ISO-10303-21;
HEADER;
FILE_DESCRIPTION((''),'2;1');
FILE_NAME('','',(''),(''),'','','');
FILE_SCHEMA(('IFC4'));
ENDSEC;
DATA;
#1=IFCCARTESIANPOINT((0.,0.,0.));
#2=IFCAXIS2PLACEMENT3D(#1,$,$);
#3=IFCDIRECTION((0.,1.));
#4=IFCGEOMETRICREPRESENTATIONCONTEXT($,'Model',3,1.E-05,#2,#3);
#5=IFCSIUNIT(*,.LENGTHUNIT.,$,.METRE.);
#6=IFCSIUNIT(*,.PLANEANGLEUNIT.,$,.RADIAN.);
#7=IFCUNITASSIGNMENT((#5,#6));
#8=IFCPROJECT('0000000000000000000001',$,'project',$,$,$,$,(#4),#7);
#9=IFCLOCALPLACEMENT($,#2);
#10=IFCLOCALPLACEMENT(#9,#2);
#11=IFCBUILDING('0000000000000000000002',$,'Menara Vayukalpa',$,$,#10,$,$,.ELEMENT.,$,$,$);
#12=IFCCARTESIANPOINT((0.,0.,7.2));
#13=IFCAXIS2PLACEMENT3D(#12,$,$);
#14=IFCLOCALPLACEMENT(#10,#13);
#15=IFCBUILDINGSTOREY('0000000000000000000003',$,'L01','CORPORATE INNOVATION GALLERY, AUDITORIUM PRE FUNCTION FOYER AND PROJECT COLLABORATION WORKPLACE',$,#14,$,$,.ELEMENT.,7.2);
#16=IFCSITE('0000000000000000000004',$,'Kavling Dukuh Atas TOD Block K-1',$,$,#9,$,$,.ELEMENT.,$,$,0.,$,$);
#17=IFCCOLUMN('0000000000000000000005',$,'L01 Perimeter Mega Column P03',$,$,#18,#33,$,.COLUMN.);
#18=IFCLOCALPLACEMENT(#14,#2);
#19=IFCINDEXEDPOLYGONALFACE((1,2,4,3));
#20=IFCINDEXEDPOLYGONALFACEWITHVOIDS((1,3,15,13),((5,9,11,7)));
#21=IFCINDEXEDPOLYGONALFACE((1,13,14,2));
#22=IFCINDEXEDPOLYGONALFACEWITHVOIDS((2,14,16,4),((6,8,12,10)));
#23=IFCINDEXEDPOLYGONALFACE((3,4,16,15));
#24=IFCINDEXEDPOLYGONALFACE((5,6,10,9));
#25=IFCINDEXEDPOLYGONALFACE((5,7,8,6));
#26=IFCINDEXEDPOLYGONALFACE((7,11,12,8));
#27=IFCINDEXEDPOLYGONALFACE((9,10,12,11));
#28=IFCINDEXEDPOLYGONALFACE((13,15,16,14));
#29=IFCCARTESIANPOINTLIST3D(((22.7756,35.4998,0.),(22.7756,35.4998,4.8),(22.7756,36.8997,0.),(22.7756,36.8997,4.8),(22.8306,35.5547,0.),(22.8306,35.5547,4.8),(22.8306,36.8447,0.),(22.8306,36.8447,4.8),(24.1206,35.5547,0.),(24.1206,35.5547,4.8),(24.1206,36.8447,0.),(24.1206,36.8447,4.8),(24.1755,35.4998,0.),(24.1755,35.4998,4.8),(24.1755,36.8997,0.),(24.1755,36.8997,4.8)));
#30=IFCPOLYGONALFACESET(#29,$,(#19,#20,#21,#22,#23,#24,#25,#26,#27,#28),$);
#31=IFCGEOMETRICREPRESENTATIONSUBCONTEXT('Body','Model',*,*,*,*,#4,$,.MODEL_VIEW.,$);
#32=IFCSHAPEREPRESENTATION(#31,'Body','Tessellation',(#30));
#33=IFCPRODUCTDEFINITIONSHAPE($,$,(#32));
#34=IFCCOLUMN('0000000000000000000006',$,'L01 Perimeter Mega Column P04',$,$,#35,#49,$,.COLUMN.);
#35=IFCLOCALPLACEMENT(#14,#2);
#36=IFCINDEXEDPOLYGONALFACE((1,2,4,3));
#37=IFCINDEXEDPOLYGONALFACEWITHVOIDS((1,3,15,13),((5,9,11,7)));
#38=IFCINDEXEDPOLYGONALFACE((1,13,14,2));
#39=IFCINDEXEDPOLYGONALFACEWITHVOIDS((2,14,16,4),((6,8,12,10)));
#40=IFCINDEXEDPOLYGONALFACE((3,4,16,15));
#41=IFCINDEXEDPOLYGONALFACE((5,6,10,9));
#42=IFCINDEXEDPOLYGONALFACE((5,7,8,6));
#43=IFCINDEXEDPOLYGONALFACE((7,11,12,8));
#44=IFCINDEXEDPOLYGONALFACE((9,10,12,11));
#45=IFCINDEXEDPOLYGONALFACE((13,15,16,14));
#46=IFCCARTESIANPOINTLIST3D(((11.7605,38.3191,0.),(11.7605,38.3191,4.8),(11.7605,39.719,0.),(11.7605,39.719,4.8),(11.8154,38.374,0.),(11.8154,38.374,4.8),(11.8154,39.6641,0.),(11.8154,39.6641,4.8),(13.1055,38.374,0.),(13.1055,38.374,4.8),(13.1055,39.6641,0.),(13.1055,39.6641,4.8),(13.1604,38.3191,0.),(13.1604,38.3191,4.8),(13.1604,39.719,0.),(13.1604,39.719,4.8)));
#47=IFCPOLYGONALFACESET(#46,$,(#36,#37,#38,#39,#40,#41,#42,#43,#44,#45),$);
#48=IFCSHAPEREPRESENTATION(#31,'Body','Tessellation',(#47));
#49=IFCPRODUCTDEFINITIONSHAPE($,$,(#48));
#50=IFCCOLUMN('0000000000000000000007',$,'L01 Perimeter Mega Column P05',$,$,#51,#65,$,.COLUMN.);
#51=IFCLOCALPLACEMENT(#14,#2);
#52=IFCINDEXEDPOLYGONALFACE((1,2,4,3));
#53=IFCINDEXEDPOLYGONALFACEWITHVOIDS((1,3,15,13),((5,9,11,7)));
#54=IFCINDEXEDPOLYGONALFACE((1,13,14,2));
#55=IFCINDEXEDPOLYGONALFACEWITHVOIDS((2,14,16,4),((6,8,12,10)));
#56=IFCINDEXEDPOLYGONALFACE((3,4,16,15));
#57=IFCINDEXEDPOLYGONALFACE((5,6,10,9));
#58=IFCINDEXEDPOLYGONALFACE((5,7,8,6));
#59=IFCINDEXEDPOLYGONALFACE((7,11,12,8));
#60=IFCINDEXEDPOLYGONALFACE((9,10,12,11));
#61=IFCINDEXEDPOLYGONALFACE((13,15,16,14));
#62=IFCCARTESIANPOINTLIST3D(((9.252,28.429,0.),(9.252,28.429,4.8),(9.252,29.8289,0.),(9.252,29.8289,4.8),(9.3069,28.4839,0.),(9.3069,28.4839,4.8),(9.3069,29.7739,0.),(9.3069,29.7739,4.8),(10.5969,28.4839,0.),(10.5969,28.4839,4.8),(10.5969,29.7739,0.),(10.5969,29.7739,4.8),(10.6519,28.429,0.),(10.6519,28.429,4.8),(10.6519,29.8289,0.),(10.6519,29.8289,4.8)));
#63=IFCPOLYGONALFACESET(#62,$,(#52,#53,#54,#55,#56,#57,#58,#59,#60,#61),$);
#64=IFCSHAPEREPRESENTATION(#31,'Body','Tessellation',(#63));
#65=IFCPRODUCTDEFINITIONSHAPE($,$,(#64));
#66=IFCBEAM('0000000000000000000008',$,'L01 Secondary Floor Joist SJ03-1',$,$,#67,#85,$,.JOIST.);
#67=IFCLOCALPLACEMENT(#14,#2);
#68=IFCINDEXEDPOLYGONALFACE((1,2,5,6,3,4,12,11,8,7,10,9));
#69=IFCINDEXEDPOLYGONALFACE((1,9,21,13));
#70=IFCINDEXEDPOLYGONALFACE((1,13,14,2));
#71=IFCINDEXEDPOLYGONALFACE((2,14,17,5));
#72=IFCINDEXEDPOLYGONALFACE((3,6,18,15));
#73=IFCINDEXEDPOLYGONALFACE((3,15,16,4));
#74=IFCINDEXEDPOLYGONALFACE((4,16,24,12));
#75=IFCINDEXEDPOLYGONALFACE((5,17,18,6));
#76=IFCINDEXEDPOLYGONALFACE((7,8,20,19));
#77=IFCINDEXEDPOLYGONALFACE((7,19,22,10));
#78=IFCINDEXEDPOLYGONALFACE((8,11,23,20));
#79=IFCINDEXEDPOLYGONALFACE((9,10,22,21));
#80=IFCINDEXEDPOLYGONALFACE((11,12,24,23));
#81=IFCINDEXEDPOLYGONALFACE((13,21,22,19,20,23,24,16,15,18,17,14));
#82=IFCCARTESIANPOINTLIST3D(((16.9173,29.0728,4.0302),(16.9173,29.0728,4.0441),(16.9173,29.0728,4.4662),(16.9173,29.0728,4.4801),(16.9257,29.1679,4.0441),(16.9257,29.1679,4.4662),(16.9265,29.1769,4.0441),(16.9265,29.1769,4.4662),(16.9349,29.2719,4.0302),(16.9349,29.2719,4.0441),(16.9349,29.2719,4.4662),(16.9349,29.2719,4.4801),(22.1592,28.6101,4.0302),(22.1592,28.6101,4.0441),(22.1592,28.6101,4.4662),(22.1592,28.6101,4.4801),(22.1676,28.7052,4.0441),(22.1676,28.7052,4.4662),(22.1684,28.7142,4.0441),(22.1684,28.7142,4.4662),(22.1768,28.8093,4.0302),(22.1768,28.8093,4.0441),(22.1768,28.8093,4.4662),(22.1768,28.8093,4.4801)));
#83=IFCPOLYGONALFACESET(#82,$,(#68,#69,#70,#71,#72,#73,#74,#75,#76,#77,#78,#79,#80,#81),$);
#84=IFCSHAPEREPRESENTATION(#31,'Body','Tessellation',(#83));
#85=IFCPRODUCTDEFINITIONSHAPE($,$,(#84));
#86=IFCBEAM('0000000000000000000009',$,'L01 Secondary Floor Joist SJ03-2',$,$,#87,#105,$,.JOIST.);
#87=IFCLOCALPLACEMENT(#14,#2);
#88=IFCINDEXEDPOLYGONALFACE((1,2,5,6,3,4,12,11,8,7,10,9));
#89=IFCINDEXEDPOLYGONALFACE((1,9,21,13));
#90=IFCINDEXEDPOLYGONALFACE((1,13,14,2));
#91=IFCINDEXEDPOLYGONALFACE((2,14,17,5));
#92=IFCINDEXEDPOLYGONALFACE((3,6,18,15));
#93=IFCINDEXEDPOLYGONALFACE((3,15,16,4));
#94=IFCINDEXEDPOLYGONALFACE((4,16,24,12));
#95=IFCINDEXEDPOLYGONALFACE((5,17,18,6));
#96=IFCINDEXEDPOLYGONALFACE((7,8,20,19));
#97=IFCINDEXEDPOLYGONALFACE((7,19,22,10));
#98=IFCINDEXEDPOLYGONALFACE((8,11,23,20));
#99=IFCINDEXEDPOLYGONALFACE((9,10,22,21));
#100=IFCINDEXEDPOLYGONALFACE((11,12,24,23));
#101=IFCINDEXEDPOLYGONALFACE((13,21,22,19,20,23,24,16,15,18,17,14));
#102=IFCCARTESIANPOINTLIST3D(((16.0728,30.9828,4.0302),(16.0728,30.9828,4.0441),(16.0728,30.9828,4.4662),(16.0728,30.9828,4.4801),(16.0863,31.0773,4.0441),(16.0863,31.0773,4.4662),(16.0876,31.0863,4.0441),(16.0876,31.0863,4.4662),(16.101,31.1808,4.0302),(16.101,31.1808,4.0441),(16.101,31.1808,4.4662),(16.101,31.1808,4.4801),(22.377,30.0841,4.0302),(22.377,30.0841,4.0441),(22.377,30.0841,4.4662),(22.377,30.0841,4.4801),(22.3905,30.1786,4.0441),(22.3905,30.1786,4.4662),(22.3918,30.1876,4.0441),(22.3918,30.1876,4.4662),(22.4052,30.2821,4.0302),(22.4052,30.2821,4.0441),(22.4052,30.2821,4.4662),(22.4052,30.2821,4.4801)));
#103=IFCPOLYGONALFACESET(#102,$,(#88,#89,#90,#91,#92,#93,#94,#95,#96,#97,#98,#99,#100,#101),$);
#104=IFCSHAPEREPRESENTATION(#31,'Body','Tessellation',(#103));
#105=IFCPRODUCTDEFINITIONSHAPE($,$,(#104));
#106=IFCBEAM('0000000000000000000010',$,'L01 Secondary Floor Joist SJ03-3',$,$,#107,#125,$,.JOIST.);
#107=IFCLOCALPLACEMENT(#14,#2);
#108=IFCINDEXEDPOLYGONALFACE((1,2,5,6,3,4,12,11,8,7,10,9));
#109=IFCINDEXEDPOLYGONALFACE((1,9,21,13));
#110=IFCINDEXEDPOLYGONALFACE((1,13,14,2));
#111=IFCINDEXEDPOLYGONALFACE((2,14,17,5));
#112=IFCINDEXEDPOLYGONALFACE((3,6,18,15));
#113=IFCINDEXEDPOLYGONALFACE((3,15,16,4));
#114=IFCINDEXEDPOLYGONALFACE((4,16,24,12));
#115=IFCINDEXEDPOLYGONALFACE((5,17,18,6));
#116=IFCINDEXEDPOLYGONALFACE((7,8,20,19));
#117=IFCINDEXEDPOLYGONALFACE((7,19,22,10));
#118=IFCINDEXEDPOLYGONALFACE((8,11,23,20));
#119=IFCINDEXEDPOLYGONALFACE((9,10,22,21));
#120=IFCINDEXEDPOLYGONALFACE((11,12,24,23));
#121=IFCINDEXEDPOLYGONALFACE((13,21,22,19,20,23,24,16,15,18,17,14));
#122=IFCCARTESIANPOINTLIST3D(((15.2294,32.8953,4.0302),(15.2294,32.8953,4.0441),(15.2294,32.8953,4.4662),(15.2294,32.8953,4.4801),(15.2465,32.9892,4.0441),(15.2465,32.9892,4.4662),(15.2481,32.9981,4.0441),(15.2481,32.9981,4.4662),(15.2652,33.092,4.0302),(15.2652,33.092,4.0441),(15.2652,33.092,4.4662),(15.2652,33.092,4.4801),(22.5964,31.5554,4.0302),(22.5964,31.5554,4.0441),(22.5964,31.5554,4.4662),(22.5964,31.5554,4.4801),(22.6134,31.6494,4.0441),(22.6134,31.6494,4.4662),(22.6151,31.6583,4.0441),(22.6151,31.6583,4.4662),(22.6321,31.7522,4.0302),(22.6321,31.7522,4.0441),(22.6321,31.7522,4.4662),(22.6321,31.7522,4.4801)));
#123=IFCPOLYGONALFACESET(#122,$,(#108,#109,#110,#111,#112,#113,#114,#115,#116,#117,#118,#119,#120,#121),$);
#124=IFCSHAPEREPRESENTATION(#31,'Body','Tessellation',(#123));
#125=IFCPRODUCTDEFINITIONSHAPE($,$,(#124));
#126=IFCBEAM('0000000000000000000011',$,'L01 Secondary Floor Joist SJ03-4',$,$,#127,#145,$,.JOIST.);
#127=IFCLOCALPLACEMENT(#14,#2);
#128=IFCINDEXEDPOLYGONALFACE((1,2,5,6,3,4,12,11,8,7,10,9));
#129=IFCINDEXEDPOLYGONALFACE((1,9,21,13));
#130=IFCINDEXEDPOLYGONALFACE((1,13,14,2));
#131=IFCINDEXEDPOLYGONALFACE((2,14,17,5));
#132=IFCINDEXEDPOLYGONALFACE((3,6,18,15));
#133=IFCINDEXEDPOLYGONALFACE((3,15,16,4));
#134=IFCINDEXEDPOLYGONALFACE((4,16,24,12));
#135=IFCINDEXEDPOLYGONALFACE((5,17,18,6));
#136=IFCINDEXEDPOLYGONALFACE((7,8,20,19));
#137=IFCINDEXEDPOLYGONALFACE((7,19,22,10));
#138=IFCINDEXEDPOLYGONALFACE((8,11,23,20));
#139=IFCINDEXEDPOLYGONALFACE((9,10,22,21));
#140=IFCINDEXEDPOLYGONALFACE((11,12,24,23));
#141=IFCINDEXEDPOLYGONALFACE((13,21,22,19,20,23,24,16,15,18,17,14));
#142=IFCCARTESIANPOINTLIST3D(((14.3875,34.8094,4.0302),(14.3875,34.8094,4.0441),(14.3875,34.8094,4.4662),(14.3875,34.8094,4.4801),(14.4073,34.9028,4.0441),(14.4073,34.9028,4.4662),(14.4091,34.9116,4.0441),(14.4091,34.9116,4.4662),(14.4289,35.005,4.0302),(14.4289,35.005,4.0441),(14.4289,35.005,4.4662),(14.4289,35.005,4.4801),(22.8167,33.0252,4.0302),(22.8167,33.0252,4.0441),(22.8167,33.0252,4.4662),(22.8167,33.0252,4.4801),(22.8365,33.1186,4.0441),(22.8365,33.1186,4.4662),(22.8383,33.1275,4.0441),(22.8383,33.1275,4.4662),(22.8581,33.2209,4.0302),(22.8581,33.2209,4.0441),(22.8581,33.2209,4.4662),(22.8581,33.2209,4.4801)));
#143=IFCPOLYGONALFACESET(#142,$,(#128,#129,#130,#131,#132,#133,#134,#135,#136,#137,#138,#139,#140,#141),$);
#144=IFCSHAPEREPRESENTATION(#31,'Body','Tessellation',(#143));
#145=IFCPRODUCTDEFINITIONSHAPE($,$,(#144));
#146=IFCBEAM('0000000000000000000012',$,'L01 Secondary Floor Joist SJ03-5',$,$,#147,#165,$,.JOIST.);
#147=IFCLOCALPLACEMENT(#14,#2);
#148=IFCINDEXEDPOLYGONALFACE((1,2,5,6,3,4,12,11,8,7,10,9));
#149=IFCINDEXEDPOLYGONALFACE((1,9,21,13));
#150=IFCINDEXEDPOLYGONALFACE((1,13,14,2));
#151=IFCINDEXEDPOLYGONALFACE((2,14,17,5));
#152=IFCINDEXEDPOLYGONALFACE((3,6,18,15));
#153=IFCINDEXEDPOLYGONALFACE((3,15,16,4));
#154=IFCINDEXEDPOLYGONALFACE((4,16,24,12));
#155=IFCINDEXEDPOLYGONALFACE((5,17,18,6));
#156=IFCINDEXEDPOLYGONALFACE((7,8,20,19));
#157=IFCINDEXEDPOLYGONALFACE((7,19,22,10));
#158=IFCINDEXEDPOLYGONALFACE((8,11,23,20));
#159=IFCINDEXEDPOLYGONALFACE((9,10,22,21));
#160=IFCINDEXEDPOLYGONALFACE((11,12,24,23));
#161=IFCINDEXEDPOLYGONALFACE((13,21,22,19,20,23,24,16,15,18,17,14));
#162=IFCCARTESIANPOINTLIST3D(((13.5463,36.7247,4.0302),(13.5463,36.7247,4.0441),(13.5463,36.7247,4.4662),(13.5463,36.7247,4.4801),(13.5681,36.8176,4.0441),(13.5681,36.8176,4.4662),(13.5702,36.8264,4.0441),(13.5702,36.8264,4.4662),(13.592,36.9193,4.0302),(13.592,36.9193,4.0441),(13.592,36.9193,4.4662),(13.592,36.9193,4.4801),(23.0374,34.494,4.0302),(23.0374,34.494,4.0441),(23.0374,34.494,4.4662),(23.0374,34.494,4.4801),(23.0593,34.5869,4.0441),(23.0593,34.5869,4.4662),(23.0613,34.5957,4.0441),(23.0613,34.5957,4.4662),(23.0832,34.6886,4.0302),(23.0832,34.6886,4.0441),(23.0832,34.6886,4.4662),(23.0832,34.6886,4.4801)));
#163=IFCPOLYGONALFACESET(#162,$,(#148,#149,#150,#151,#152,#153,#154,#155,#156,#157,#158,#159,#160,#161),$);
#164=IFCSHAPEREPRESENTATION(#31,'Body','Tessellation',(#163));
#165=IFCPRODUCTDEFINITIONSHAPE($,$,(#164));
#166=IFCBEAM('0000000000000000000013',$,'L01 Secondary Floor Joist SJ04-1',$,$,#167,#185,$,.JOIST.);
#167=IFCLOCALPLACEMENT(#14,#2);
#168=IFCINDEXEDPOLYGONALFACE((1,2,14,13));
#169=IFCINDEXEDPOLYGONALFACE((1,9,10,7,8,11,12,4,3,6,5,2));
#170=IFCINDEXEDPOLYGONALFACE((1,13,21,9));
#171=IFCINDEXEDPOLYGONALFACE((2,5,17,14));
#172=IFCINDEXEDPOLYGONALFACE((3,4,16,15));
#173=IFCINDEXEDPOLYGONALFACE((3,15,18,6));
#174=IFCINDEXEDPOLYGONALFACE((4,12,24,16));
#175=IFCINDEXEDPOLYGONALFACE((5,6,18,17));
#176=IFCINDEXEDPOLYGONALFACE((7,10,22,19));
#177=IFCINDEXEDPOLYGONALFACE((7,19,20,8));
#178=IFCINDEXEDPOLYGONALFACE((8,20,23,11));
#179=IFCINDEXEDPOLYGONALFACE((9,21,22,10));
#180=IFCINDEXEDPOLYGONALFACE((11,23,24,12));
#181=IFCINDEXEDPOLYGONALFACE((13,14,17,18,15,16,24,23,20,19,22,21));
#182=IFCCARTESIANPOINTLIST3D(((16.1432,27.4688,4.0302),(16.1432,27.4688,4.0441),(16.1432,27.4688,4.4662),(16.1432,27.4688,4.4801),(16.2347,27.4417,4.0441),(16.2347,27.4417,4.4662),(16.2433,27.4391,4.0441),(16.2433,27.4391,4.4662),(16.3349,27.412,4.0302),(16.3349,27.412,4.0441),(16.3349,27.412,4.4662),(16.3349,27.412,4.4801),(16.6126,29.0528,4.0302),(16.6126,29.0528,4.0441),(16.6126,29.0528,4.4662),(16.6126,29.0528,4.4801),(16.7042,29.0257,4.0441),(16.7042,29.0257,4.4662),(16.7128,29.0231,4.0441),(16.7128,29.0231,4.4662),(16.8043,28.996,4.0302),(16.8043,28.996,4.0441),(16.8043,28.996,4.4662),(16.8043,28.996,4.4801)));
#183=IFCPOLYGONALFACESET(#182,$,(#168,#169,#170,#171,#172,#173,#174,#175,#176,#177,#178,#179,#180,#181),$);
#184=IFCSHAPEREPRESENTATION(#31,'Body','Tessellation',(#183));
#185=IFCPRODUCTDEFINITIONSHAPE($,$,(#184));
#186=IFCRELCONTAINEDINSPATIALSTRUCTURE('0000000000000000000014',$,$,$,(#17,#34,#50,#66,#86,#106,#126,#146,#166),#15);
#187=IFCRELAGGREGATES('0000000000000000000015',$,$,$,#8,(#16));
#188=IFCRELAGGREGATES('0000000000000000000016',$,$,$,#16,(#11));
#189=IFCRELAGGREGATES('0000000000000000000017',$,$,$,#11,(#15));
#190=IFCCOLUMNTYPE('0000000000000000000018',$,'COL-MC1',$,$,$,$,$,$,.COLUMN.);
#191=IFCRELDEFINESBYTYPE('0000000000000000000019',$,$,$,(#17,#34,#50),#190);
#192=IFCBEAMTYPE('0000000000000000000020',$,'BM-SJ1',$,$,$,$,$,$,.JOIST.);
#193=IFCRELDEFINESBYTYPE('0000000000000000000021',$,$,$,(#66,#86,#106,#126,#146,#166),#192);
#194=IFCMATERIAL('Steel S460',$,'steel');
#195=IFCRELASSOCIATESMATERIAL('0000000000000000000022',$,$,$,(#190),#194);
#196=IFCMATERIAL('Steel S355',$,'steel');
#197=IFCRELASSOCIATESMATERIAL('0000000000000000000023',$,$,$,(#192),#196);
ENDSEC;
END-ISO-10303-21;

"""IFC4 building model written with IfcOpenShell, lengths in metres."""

from ifc_helpers import new_model, si_unit, direction, frame, origin, origin_2d, place, context, subcontext, project, spatial, hollow_rectangle, i_section, extrude, material, material_profile, profile_set, type_object, element, save


model = new_model("IFC4")

# Units and contexts
model_context = context("Model", 3, precision=1e-05, world=origin(), true_north=direction((0.0, 1.0)))
body_context = subcontext(model_context, "Body", "Model", "MODEL_VIEW")
ifc_project = project(units=[si_unit("LENGTHUNIT", "METRE"), si_unit("PLANEANGLEUNIT", "RADIAN")], contexts=[model_context])

# Site, building, storey
site_placement = place(None, origin())
site = spatial("IfcSite", under=ifc_project, at=site_placement, Name="Kavling Dukuh Atas TOD Block K-1", CompositionType="ELEMENT", RefElevation=0.0)
building_placement = place(site_placement, origin())
building = spatial("IfcBuilding", under=site, at=building_placement, Name="Menara Vayukalpa", CompositionType="ELEMENT")
storey_placement = place(building_placement, frame((0.0, 0.0, 7.2)))
storey = spatial("IfcBuildingStorey", under=building, at=storey_placement, Name="L01", Description="CORPORATE INNOVATION GALLERY, AUDITORIUM PRE FUNCTION FOYER AND PROJECT COLLABORATION WORKPLACE", CompositionType="ELEMENT", Elevation=7.2)

# Columns
ifc_material_1 = material(Name="Steel S460", Category="steel")
ifc_material_profile_1 = material_profile(ifc_material_1, hollow_rectangle(XDim=1.3999, YDim=1.3999, WallThickness=0.0549, at=origin_2d()), Name="BOX 1400x1400x55")
ifc_profile_set_1 = profile_set([ifc_material_profile_1], Name="Steel S460")
column_type = type_object("IfcColumnType", Name="COL-MC1", PredefinedType="COLUMN", material=ifc_profile_set_1)
for number, where, z_axis, x_axis, name in (
    (1, (23.4756, 36.1997, 0.0), (0.0, 0.0, 1.0), (1.0, 0.0, 0.0), "L01 Perimeter Mega Column P03"),
    (2, (12.4604, 39.019, 0.0), (0.0, 0.0, 1.0), (1.0, 0.0, 0.0), "L01 Perimeter Mega Column P04"),
    (3, (9.9519, 29.1289, 0.0), (0.0, 0.0, 1.0), (1.0, 0.0, 0.0), "L01 Perimeter Mega Column P05"),
):
    element("IfcColumn", number, at=place(storey_placement, frame(where, z_axis=z_axis, x_axis=x_axis)), inside=storey, type_object=column_type, Name=name, PredefinedType="COLUMN", context=body_context, shape_type="SweptSolid", body=[
        extrude(hollow_rectangle(XDim=1.3999, YDim=1.3999, WallThickness=0.0549, at=origin_2d()), origin(), (0.0, 0.0, 1.0), 4.8),
    ])

# Beams
ifc_material_2 = material(Name="Steel S355", Category="steel")
ifc_material_profile_2 = material_profile(ifc_material_2, i_section(OverallWidth=0.2, OverallDepth=0.45, WebThickness=0.009, FlangeThickness=0.0139, at=origin_2d()), Name="WF 450x200x9x14")
ifc_profile_set_2 = profile_set([ifc_material_profile_2], Name="Steel S355")
beam_type_1 = type_object("IfcBeamType", Name="BM-SJ1", PredefinedType="JOIST", material=ifc_profile_set_2)
beam_1_placement = place(storey_placement, frame((22.168, 28.7097, 4.2551), z_axis=(-0.996128, 0.087917, 0.0), x_axis=(-0.087917, -0.996128, 0.0)))
element("IfcBeam", 4, at=beam_1_placement, inside=storey, type_object=beam_type_1, Name="L01 Secondary Floor Joist SJ03-1", PredefinedType="JOIST", context=body_context, shape_type="SweptSolid", body=[
    extrude(i_section(OverallWidth=0.2, OverallDepth=0.45, WebThickness=0.009, FlangeThickness=0.0139, at=origin_2d()), origin(), (0.0, 0.0, 1.0), 5.2622),
])
beam_2_placement = place(storey_placement, frame((22.3911, 30.1831, 4.2551), z_axis=(-0.989992, 0.141126, 0.0), x_axis=(-0.141126, -0.989992, 0.0)))
element("IfcBeam", 5, at=beam_2_placement, inside=storey, type_object=beam_type_1, Name="L01 Secondary Floor Joist SJ03-2", PredefinedType="JOIST", context=body_context, shape_type="SweptSolid", body=[
    extrude(i_section(OverallWidth=0.2, OverallDepth=0.45, WebThickness=0.009, FlangeThickness=0.0139, at=origin_2d()), origin(), (0.0, 0.0, 1.0), 6.3679),
])
beam_3_placement = place(storey_placement, frame((22.6143, 31.6538, 4.2551), z_axis=(-0.983861, 0.178937, 0.0), x_axis=(-0.178937, -0.983861, 0.0)))
element("IfcBeam", 6, at=beam_3_placement, inside=storey, type_object=beam_type_1, Name="L01 Secondary Floor Joist SJ03-3", PredefinedType="JOIST", context=body_context, shape_type="SweptSolid", body=[
    extrude(i_section(OverallWidth=0.2, OverallDepth=0.45, WebThickness=0.009, FlangeThickness=0.0139, at=origin_2d()), origin(), (0.0, 0.0, 1.0), 7.4878),
])
beam_4_placement = place(storey_placement, frame((22.8374, 33.123, 4.2551), z_axis=(-0.978324, 0.207079, 0.0), x_axis=(-0.207079, -0.978324, 0.0)))
element("IfcBeam", 7, at=beam_4_placement, inside=storey, type_object=beam_type_1, Name="L01 Secondary Floor Joist SJ03-4", PredefinedType="JOIST", context=body_context, shape_type="SweptSolid", body=[
    extrude(i_section(OverallWidth=0.2, OverallDepth=0.45, WebThickness=0.009, FlangeThickness=0.0139, at=origin_2d()), origin(), (0.0, 0.0, 1.0), 8.616),
])
beam_5_placement = place(storey_placement, frame((23.0603, 34.5913, 4.2551), z_axis=(-0.973475, 0.228795, 0.0), x_axis=(-0.228795, -0.973475, 0.0)))
element("IfcBeam", 8, at=beam_5_placement, inside=storey, type_object=beam_type_1, Name="L01 Secondary Floor Joist SJ03-5", PredefinedType="JOIST", context=body_context, shape_type="SweptSolid", body=[
    extrude(i_section(OverallWidth=0.2, OverallDepth=0.45, WebThickness=0.009, FlangeThickness=0.0139, at=origin_2d()), origin(), (0.0, 0.0, 1.0), 9.7498),
])
beam_6_placement = place(storey_placement, frame((16.7085, 29.0244, 4.2551), z_axis=(-0.284174, -0.958773, 0.0), x_axis=(0.958773, -0.284174, 0.0)))
element("IfcBeam", 9, at=beam_6_placement, inside=storey, type_object=beam_type_1, Name="L01 Secondary Floor Joist SJ04-1", PredefinedType="JOIST", context=body_context, shape_type="SweptSolid", body=[
    extrude(i_section(OverallWidth=0.2, OverallDepth=0.45, WebThickness=0.009, FlangeThickness=0.0139, at=origin_2d()), origin(), (0.0, 0.0, 1.0), 1.6521),
])

save(model, "model.ifc")
